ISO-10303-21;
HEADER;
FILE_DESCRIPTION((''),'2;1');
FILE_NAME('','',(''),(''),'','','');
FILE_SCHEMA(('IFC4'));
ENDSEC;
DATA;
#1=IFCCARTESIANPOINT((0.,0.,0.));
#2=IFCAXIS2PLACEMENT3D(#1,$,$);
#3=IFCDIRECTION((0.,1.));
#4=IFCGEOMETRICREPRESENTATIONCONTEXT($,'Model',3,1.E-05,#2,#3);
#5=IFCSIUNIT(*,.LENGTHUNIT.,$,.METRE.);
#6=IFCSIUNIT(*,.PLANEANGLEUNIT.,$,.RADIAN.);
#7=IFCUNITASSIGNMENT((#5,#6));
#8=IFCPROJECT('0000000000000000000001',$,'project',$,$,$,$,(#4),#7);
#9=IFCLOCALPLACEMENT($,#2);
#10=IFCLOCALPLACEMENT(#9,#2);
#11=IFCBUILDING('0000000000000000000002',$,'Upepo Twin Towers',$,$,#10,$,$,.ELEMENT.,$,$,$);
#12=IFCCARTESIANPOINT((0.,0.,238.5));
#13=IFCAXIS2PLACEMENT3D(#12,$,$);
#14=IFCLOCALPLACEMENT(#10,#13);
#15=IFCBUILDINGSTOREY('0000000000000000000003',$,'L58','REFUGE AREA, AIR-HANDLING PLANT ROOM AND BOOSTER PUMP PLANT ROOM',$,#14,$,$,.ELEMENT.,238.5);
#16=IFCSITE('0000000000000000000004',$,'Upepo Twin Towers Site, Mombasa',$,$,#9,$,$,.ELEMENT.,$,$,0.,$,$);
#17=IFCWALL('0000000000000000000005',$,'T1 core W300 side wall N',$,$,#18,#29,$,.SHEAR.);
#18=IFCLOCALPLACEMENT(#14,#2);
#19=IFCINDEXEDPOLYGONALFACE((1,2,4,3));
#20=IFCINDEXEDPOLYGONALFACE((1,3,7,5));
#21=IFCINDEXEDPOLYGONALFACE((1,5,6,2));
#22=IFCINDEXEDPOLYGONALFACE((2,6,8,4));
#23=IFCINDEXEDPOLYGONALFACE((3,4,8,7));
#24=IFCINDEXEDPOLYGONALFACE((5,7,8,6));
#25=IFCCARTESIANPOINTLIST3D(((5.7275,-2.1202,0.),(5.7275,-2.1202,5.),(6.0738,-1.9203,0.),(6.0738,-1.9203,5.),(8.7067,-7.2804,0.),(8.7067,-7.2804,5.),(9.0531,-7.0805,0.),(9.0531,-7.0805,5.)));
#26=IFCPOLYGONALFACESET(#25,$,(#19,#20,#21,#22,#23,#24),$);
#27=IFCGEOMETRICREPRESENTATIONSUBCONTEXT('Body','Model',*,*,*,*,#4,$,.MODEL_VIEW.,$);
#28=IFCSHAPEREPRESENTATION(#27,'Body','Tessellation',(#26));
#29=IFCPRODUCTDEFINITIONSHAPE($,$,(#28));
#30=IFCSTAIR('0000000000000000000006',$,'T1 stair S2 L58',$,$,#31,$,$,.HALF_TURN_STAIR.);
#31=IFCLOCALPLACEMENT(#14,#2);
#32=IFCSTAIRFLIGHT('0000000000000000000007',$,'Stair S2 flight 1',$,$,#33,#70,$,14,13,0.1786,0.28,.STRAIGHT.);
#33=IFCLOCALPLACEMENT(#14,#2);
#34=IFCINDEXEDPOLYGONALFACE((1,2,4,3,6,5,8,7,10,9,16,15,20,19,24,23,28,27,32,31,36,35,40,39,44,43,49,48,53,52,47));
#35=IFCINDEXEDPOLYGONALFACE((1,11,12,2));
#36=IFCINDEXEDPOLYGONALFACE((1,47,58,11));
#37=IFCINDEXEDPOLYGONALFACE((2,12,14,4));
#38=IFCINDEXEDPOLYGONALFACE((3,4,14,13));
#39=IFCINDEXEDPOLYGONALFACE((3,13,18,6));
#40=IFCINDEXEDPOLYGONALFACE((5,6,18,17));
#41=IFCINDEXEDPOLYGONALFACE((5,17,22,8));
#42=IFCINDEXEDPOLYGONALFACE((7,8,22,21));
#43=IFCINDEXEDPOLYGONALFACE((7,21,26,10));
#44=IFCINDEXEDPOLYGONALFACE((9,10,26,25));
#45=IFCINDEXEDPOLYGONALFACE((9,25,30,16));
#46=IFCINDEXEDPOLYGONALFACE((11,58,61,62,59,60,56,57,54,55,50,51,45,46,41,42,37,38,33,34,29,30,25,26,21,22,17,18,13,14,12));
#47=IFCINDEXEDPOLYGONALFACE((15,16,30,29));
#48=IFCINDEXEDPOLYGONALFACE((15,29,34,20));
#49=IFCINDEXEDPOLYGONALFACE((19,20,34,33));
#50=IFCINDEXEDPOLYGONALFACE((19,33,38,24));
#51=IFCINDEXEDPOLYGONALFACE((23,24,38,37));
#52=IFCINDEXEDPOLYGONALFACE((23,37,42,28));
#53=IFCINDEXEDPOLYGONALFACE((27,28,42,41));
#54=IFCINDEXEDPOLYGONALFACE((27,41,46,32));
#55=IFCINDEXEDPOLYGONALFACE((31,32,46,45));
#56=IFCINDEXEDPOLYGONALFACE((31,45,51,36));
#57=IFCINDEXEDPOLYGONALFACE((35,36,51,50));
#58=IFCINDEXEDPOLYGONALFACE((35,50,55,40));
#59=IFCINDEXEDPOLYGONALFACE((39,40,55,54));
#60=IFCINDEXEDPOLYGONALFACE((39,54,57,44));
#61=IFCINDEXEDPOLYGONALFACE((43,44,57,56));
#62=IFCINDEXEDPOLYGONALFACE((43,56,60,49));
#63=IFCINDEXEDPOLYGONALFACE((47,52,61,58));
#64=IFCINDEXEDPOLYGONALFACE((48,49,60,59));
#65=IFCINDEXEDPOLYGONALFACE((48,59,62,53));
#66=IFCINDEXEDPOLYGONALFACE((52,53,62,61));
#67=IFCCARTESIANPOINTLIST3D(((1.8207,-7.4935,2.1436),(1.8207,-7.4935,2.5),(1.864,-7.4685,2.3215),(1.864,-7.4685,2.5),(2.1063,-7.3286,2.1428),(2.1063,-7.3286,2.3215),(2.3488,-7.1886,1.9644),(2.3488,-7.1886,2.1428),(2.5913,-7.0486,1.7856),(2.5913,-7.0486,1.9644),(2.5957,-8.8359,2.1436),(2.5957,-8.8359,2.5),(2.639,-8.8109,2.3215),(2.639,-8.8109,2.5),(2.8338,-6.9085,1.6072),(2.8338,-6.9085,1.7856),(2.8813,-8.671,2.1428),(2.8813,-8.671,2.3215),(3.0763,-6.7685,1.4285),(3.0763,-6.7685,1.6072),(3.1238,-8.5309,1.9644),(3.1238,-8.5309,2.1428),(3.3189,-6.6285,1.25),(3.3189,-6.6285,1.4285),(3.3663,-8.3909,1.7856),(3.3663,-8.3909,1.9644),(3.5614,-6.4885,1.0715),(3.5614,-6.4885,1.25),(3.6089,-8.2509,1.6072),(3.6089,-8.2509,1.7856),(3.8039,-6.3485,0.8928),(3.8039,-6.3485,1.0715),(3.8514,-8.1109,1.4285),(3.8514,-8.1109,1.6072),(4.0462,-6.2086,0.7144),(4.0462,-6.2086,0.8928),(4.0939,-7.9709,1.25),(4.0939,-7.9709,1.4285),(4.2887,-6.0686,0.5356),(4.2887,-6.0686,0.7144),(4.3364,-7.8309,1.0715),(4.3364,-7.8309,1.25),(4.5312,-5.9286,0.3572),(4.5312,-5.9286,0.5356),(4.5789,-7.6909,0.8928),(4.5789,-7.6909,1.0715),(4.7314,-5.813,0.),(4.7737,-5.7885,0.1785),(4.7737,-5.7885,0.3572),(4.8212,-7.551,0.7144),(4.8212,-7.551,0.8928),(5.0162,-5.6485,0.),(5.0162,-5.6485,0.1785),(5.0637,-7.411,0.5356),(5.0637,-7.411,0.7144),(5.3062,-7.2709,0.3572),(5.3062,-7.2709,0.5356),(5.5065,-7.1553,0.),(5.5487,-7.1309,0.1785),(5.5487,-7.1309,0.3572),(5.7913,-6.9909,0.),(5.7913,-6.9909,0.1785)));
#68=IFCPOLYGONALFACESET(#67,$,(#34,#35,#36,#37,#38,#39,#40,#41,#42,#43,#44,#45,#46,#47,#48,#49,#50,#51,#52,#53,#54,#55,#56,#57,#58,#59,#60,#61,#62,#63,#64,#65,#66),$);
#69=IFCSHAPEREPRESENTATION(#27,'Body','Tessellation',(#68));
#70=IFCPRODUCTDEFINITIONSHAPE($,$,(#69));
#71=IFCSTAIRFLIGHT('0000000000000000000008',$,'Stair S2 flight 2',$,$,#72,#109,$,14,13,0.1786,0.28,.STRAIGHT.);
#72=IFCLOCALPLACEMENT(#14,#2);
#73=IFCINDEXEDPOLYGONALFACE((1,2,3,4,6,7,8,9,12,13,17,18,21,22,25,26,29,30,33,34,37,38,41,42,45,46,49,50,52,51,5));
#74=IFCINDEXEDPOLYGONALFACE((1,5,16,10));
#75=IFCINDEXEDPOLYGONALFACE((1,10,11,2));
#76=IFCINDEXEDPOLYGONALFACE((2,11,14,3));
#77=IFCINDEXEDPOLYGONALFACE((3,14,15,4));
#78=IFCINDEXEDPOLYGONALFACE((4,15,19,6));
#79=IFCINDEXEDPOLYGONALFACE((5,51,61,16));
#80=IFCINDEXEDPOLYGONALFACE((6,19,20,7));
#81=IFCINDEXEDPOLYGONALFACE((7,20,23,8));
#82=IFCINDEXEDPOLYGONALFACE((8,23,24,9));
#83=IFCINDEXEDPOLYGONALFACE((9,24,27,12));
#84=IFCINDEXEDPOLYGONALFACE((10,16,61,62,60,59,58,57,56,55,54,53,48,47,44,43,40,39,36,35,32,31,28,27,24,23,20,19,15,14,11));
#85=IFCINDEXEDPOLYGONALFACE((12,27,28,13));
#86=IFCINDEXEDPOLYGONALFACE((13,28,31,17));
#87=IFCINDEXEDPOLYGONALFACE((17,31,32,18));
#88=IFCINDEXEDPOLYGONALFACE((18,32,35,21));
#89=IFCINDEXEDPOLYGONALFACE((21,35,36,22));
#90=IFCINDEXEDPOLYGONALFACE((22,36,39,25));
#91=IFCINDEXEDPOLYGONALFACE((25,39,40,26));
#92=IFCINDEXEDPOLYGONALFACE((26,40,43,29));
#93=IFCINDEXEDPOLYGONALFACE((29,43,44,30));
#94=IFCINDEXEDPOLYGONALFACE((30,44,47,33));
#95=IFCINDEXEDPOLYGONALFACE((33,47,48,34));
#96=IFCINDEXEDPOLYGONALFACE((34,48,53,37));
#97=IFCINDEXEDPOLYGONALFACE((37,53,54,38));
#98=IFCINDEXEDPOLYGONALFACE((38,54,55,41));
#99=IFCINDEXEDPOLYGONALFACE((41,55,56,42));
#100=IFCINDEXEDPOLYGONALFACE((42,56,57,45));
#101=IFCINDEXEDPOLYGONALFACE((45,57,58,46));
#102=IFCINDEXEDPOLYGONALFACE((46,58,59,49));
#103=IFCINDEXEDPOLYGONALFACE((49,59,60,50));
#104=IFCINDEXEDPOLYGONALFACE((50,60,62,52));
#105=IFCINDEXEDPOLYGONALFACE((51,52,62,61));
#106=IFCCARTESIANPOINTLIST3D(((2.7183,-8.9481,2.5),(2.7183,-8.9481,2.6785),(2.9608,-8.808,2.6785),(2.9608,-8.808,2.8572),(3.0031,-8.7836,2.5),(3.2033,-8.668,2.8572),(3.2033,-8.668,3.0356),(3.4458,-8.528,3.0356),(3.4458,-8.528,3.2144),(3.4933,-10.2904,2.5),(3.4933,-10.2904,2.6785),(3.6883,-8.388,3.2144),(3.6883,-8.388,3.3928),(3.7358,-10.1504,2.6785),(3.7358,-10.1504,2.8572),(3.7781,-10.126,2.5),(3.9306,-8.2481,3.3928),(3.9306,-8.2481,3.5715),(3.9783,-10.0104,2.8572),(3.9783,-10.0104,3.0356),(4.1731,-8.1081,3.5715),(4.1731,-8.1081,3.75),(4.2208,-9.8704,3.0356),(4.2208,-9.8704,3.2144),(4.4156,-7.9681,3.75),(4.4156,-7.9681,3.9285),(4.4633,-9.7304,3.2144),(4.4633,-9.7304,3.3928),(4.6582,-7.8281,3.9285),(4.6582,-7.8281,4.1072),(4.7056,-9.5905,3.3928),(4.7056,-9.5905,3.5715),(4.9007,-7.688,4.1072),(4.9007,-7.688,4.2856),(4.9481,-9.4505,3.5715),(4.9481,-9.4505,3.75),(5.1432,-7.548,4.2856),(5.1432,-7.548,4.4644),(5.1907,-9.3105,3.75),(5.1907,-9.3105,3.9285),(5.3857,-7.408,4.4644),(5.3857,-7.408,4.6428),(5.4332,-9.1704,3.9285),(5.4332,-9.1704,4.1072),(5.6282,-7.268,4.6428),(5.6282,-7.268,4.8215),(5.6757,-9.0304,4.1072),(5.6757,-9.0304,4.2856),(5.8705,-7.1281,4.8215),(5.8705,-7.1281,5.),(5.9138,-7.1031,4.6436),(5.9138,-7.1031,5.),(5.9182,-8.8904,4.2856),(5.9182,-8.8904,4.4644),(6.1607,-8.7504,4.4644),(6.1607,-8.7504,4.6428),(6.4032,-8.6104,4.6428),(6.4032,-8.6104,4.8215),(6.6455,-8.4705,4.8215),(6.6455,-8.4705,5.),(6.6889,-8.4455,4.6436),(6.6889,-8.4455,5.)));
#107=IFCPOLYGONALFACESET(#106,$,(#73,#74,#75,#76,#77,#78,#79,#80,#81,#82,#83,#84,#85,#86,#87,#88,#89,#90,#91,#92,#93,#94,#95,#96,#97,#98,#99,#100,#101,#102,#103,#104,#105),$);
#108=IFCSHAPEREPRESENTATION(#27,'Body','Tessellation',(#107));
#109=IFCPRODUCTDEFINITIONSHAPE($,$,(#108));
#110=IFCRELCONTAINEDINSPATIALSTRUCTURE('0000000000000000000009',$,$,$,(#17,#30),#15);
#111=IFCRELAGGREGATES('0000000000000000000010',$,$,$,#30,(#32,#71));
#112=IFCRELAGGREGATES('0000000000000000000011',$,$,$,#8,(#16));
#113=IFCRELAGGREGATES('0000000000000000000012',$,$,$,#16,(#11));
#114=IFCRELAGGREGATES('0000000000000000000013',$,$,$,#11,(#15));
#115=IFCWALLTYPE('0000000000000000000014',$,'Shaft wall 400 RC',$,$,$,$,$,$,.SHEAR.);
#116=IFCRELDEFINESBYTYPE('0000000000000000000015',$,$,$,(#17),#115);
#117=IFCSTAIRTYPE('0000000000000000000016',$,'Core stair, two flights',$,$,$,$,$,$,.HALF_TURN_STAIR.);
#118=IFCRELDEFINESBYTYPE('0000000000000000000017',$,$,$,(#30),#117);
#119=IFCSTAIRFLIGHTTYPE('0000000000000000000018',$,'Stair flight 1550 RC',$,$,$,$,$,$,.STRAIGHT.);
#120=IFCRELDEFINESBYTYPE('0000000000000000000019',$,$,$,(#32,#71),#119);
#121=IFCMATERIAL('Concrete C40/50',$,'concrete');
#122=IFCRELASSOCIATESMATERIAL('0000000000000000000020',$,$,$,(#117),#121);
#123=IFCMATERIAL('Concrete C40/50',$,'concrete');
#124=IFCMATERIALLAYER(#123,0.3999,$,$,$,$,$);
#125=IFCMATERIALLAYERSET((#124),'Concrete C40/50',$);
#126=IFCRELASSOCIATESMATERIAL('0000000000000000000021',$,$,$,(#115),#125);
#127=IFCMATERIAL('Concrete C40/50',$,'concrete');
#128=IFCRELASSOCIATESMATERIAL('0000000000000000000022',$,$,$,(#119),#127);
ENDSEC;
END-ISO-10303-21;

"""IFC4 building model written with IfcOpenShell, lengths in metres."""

from ifc_helpers import new_model, si_unit, direction, frame, frame_2d, origin, place, context, subcontext, project, spatial, polyline, rectangle, outline, extrude, material, layer, layer_set, type_object, element, aggregate, save


model = new_model("IFC4")

# Units and contexts
model_context = context("Model", 3, precision=1e-05, world=origin(), true_north=direction((0.0, 1.0)))
body_context = subcontext(model_context, "Body", "Model", "MODEL_VIEW")
ifc_project = project(units=[si_unit("LENGTHUNIT", "METRE"), si_unit("PLANEANGLEUNIT", "RADIAN")], contexts=[model_context])

# Site, building, storey
site_placement = place(None, origin())
site = spatial("IfcSite", under=ifc_project, at=site_placement, Name="Upepo Twin Towers Site, Mombasa", CompositionType="ELEMENT", RefElevation=0.0)
building_placement = place(site_placement, origin())
building = spatial("IfcBuilding", under=site, at=building_placement, Name="Upepo Twin Towers", CompositionType="ELEMENT")
storey_placement = place(building_placement, frame((0.0, 0.0, 238.5)))
storey = spatial("IfcBuildingStorey", under=building, at=storey_placement, Name="L58", Description="REFUGE AREA, AIR-HANDLING PLANT ROOM AND BOOSTER PUMP PLANT ROOM", CompositionType="ELEMENT", Elevation=238.5)

# Shared definitions
ifc_material_1 = material(Name="Concrete C40/50", Category="concrete")
stair_type = type_object("IfcStairType", Name="Core stair, two flights", PredefinedType="HALF_TURN_STAIR", material=ifc_material_1)

# Wall
ifc_material_2 = material(Name="Concrete C40/50", Category="concrete")
ifc_layer_1 = layer(ifc_material_2, 0.3999)
ifc_layer_set_1 = layer_set([ifc_layer_1], Name="Concrete C40/50")
wall_type_1 = type_object("IfcWallType", Name="Shaft wall 400 RC", PredefinedType="SHEAR", material=ifc_layer_set_1)
wall_1_placement = place(storey_placement, frame((5.9006, -2.0203, 0.0), z_axis=(0.0, 0.0, 1.0), x_axis=(0.500004, -0.866023, 0.0)))
element("IfcWall", 1, at=wall_1_placement, inside=storey, type_object=wall_type_1, Name="T1 core W300 side wall N", PredefinedType="SHEAR", context=body_context, shape_type="SweptSolid", body=[
    extrude(rectangle(XDim=5.9585, YDim=0.3999, at=frame_2d((2.9792, 0.0))), origin(), (0.0, 0.0, 1.0), 5.0),
])

# Stair, stair flights
stair_1_placement = place(storey_placement, origin())
stair_1 = element("IfcStair", 2, at=stair_1_placement, inside=storey, type_object=stair_type, Name="T1 stair S2 L58", PredefinedType="HALF_TURN_STAIR")
ifc_material_3 = material(Name="Concrete C40/50", Category="concrete")
stair_flight_type = type_object("IfcStairFlightType", Name="Stair flight 1550 RC", PredefinedType="STRAIGHT", material=ifc_material_3)
stair_flight_1_placement = place(storey_placement, frame((5.4038, -6.3198, 0.0), z_axis=(0.0, 0.0, 1.0), x_axis=(-0.866025, -0.5, 0.0)))
stair_flight_1 = element("IfcStairFlight", 3, at=stair_flight_1_placement, type_object=stair_flight_type, Name="Stair S2 flight 1", NumberOfRisers=14, NumberOfTreads=13, PredefinedType="STRAIGHT", RiserHeight=0.1786, TreadLength=0.28, context=body_context, shape_type="SweptSolid", body=[
    extrude(outline(polyline([(0.0, 0.0), (0.0, 0.1785), (0.28, 0.1785), (0.28, 0.3572), (0.5601, 0.3572), (0.5601, 0.5356), (0.8401, 0.5356), (0.8401, 0.7144), (1.1201, 0.7144), (1.1201, 0.8928), (1.3999, 0.8928), (1.3999, 1.0715), (1.6799, 1.0715), (1.6799, 1.25), (1.96, 1.25), (1.96, 1.4285), (2.24, 1.4285), (2.24, 1.6072), (2.52, 1.6072), (2.52, 1.7856), (2.8, 1.7856), (2.8, 1.9644), (3.0801, 1.9644), (3.0801, 2.1428), (3.3601, 2.1428), (3.3601, 2.3215), (3.6399, 2.3215), (3.6399, 2.5), (3.6899, 2.5), (3.6899, 2.1436), (0.3289, 0.0), (0.0, 0.0)])), frame((0.0, 0.7749, 0.0), z_axis=(0.0, -1.0, 0.0), x_axis=(1.0, 0.0, 0.0)), (0.0, 0.0, 1.0), 1.55),
])
stair_flight_2_placement = place(storey_placement, frame((3.1057, -9.6191, 2.5), z_axis=(0.0, 0.0, 1.0), x_axis=(0.866025, 0.5, 0.0)))
stair_flight_2 = element("IfcStairFlight", 4, at=stair_flight_2_placement, type_object=stair_flight_type, Name="Stair S2 flight 2", NumberOfRisers=14, NumberOfTreads=13, PredefinedType="STRAIGHT", RiserHeight=0.1786, TreadLength=0.28, context=body_context, shape_type="SweptSolid", body=[
    extrude(outline(polyline([(0.0, 0.0), (0.0, 0.1785), (0.28, 0.1785), (0.28, 0.3572), (0.5601, 0.3572), (0.5601, 0.5356), (0.8401, 0.5356), (0.8401, 0.7144), (1.1201, 0.7144), (1.1201, 0.8928), (1.3999, 0.8928), (1.3999, 1.0715), (1.6799, 1.0715), (1.6799, 1.25), (1.96, 1.25), (1.96, 1.4285), (2.24, 1.4285), (2.24, 1.6072), (2.52, 1.6072), (2.52, 1.7856), (2.8, 1.7856), (2.8, 1.9644), (3.0801, 1.9644), (3.0801, 2.1428), (3.3601, 2.1428), (3.3601, 2.3215), (3.6399, 2.3215), (3.6399, 2.5), (3.6899, 2.5), (3.6899, 2.1436), (0.3289, 0.0), (0.0, 0.0)])), frame((0.0, 0.7749, 0.0), z_axis=(0.0, -1.0, 0.0), x_axis=(1.0, 0.0, 0.0)), (0.0, 0.0, 1.0), 1.55),
])
aggregate(stair_1, [stair_flight_1, stair_flight_2])

save(model, "model.ifc")
